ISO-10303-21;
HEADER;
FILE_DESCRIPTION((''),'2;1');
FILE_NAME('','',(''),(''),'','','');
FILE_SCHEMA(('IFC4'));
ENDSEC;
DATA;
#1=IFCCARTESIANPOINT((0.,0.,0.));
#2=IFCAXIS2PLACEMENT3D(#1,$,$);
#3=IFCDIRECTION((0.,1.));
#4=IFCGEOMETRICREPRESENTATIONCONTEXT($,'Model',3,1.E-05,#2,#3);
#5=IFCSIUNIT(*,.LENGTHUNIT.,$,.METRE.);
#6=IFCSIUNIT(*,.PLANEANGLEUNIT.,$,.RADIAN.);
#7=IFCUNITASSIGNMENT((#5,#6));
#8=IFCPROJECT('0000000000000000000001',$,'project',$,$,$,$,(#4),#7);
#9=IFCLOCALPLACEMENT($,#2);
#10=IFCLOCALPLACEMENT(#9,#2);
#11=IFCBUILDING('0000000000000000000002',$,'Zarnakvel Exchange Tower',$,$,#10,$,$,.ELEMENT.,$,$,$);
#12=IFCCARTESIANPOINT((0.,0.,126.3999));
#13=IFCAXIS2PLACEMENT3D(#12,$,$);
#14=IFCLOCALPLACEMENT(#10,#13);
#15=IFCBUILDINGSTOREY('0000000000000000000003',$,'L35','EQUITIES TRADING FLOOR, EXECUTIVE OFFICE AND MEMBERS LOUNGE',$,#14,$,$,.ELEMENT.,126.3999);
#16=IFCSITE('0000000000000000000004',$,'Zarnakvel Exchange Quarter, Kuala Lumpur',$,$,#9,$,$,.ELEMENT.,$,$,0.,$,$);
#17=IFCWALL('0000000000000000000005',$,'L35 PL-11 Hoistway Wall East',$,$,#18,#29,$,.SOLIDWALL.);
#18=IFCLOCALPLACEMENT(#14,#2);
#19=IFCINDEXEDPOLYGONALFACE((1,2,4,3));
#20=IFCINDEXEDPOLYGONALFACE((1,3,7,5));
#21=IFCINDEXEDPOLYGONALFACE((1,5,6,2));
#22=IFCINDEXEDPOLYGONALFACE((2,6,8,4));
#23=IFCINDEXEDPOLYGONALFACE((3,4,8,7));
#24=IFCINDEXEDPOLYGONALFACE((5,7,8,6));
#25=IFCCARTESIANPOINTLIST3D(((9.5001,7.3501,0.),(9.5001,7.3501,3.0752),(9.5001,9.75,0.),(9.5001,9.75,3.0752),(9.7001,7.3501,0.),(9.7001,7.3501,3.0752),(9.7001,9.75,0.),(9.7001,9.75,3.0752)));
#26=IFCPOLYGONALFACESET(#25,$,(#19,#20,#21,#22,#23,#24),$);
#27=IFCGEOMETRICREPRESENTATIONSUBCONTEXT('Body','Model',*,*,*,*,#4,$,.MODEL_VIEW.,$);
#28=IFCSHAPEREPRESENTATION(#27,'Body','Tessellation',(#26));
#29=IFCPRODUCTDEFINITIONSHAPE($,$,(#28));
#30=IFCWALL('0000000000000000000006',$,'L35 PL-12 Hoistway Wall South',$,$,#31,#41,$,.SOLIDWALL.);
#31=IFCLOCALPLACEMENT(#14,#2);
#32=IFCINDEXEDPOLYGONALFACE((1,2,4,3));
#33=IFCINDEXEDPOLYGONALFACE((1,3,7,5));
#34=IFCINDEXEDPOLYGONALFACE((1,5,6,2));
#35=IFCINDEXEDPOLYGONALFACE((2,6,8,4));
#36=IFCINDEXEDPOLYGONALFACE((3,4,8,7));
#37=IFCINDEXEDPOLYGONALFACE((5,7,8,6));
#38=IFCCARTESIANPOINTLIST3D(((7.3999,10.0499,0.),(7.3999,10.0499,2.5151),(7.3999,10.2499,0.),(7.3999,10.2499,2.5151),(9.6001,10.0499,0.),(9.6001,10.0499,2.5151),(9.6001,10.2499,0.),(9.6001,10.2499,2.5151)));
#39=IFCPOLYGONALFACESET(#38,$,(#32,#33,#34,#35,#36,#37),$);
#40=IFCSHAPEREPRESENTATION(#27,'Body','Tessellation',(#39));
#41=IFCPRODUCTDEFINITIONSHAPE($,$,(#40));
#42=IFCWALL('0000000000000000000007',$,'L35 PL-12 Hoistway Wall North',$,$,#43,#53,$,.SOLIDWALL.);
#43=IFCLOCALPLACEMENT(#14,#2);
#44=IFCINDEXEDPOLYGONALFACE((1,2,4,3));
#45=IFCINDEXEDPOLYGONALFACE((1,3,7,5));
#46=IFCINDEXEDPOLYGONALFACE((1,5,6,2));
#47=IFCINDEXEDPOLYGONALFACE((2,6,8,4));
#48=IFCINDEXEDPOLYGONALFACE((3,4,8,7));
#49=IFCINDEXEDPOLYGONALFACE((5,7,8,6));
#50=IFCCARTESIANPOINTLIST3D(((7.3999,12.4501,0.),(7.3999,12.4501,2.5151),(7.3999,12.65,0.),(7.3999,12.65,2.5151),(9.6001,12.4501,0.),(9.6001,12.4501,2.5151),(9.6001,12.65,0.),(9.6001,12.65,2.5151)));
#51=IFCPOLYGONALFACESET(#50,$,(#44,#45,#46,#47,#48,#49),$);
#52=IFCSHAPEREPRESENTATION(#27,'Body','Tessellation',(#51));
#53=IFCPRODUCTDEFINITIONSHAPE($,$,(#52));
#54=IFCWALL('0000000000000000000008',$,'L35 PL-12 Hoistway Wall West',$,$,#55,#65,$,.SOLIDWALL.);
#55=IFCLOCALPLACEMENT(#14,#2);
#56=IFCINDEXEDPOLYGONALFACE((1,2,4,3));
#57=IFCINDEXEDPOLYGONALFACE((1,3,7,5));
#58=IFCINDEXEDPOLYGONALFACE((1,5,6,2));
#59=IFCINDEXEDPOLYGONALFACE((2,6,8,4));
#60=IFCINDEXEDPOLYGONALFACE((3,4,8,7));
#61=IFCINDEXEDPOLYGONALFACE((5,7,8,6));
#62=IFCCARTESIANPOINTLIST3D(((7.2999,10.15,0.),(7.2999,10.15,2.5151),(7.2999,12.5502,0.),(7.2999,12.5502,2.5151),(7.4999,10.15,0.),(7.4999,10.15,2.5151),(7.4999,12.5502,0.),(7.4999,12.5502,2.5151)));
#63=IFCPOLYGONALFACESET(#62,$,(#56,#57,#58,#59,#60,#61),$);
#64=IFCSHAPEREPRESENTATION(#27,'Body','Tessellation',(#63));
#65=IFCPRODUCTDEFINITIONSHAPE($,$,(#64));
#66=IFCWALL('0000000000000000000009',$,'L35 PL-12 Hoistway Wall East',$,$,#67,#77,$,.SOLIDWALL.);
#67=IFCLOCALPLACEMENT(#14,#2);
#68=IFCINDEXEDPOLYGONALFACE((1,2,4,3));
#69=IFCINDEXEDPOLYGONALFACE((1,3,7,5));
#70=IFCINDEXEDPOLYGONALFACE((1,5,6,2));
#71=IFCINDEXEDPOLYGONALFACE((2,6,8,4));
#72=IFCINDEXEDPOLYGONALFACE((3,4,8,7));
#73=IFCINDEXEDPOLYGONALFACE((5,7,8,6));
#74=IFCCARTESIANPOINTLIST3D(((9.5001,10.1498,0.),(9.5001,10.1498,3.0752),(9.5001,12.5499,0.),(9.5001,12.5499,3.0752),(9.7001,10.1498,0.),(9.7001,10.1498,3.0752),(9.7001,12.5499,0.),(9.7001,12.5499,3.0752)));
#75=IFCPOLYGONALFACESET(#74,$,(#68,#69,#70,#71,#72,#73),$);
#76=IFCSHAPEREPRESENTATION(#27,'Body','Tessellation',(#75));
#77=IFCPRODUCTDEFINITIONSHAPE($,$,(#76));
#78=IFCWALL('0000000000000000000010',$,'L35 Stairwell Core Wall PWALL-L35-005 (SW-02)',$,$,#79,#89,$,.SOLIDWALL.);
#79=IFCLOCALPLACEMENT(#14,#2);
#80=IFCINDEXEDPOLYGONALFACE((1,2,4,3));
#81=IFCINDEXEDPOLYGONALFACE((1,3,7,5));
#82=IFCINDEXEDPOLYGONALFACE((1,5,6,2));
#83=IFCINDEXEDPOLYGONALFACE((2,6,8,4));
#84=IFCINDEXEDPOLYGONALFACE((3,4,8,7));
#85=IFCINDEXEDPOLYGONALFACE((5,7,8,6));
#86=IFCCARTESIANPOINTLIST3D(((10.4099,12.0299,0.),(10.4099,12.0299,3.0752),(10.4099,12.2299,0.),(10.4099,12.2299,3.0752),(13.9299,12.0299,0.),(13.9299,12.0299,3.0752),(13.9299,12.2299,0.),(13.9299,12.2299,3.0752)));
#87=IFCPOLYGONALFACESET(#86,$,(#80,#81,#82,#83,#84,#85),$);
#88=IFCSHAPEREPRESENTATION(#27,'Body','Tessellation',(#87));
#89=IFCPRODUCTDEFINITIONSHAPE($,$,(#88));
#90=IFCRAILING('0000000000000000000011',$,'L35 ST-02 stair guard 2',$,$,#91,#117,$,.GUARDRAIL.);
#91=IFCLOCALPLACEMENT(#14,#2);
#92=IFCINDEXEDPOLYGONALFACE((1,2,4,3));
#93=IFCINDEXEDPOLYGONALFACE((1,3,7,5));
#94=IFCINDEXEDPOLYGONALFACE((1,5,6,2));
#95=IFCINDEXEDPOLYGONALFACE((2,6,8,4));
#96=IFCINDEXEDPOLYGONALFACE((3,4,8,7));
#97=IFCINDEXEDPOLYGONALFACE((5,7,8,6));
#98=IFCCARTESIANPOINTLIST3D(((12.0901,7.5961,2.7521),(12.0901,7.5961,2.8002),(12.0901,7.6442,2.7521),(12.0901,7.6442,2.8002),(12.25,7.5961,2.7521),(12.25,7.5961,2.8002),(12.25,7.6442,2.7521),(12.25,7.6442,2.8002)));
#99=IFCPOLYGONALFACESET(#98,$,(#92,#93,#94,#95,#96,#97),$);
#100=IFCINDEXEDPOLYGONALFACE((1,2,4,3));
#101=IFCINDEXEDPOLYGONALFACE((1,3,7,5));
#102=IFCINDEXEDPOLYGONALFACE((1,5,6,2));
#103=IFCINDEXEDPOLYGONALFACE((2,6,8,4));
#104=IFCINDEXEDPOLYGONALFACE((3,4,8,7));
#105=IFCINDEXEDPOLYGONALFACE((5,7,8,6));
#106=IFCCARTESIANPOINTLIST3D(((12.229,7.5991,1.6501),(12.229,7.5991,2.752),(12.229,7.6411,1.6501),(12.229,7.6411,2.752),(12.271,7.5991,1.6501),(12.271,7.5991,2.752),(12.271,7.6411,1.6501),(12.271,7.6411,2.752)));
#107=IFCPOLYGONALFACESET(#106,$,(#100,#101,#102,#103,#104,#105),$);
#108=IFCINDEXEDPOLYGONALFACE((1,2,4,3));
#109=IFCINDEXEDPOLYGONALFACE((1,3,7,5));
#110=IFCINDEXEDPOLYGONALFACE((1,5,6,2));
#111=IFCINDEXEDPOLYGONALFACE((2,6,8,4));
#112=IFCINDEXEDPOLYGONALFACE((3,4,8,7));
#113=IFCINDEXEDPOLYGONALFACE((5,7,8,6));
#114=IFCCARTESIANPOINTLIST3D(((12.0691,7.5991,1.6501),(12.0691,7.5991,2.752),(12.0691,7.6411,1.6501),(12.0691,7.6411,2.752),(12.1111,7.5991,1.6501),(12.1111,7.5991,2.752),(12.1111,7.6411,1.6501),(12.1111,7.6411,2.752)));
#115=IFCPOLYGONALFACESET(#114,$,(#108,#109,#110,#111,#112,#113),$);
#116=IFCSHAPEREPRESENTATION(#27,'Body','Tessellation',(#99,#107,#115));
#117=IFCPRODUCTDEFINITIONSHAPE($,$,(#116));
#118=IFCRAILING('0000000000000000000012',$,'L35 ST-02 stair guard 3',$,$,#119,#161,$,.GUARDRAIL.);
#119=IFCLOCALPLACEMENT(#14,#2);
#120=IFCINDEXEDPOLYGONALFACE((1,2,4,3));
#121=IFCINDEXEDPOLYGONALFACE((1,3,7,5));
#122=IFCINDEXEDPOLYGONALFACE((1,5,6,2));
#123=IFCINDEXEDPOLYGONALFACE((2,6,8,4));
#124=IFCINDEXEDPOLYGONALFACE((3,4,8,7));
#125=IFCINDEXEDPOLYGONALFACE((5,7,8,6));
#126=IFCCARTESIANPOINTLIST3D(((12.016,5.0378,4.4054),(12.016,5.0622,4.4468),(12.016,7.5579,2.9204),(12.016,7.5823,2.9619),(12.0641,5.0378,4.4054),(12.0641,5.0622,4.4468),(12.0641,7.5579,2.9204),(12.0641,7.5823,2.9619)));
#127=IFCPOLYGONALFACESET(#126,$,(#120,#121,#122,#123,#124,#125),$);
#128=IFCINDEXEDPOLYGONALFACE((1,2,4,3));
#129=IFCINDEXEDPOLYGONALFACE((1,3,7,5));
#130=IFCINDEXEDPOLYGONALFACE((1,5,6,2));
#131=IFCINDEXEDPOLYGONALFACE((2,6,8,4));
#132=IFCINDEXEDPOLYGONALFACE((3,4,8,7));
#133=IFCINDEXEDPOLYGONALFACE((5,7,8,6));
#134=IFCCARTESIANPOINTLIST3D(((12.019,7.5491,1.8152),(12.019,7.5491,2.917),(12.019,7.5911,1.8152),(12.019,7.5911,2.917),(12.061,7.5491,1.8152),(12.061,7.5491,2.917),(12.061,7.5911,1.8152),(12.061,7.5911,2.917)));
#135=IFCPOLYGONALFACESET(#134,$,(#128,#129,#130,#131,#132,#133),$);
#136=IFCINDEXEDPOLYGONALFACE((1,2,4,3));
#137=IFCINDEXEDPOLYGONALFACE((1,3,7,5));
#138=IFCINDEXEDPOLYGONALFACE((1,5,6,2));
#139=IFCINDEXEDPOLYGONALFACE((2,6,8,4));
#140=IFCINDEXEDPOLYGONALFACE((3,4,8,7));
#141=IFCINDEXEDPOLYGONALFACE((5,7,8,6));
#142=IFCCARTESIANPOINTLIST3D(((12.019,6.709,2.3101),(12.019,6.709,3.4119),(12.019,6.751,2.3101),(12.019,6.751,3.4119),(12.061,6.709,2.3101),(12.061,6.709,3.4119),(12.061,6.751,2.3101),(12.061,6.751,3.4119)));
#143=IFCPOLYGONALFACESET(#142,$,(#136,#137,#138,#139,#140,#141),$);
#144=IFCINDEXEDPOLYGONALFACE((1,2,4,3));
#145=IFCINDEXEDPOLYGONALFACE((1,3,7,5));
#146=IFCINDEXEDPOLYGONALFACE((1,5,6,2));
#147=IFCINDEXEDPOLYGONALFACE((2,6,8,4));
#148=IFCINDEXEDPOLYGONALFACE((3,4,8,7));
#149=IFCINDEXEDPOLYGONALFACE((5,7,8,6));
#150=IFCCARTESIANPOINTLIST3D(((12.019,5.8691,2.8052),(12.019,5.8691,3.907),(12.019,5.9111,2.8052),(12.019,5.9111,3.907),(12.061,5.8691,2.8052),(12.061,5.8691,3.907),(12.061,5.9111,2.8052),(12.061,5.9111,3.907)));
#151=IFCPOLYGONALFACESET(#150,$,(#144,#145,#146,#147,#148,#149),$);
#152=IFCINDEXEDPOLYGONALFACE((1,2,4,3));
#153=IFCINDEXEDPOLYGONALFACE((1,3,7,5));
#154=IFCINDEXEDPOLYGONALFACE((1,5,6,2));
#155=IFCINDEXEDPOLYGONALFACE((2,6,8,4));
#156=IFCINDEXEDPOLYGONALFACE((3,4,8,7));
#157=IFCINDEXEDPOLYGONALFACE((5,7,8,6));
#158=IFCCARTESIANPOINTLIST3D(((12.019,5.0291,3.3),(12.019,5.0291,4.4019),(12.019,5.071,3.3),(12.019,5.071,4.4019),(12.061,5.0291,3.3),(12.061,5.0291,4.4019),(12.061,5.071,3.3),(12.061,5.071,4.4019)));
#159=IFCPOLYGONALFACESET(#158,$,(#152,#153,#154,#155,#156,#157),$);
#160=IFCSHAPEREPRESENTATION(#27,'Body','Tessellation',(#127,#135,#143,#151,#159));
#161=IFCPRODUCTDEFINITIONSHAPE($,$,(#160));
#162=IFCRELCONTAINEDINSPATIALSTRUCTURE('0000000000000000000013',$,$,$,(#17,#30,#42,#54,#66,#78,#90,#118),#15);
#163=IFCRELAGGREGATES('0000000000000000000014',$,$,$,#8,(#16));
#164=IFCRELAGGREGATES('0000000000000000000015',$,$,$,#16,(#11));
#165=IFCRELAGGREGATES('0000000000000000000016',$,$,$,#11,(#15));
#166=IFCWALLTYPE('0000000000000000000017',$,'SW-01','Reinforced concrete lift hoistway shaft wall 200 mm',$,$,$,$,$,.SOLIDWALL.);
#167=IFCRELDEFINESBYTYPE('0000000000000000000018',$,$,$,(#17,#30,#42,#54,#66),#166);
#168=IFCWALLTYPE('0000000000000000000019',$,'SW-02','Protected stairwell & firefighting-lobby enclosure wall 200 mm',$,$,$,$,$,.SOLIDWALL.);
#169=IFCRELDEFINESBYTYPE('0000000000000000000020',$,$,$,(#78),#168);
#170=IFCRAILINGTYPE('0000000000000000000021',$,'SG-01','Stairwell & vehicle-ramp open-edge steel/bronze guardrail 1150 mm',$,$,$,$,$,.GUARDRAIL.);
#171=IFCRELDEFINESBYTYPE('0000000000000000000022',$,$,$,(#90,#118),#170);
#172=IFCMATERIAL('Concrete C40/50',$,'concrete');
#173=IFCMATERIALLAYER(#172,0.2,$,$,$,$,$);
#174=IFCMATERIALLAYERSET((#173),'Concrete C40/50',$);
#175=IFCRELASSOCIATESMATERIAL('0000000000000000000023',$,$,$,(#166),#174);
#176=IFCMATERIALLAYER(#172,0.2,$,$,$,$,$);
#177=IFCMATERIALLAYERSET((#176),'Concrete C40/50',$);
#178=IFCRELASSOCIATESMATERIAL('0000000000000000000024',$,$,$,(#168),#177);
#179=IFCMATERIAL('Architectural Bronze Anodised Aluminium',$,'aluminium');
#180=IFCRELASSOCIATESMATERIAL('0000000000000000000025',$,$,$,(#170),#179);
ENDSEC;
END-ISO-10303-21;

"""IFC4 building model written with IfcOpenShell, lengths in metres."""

from ifc_helpers import new_model, si_unit, direction, frame, frame_2d, origin, origin_2d, place, context, subcontext, project, spatial, rectangle, extrude, material, layer, layer_set, type_object, element, save


model = new_model("IFC4")

# Units and contexts
model_context = context("Model", 3, precision=1e-05, world=origin(), true_north=direction((0.0, 1.0)))
body_context = subcontext(model_context, "Body", "Model", "MODEL_VIEW")
ifc_project = project(units=[si_unit("LENGTHUNIT", "METRE"), si_unit("PLANEANGLEUNIT", "RADIAN")], contexts=[model_context])

# Site, building, storey
site_placement = place(None, origin())
site = spatial("IfcSite", under=ifc_project, at=site_placement, Name="Zarnakvel Exchange Quarter, Kuala Lumpur", CompositionType="ELEMENT", RefElevation=0.0)
building_placement = place(site_placement, origin())
building = spatial("IfcBuilding", under=site, at=building_placement, Name="Zarnakvel Exchange Tower", CompositionType="ELEMENT")
storey_placement = place(building_placement, frame((0.0, 0.0, 126.3999)))
storey = spatial("IfcBuildingStorey", under=building, at=storey_placement, Name="L35", Description="EQUITIES TRADING FLOOR, EXECUTIVE OFFICE AND MEMBERS LOUNGE", CompositionType="ELEMENT", Elevation=126.3999)

# Shared definitions
ifc_material_1 = material(Name="Architectural Bronze Anodised Aluminium", Category="aluminium")

# Walls
ifc_material_2 = material(Name="Concrete C40/50", Category="concrete")
ifc_layer_1 = layer(ifc_material_2, 0.2)
ifc_layer_set_1 = layer_set([ifc_layer_1], Name="Concrete C40/50")
wall_type_1 = type_object("IfcWallType", Name="SW-01", Description="Reinforced concrete lift hoistway shaft wall 200 mm", PredefinedType="SOLIDWALL", material=ifc_layer_set_1)
wall_1_placement = place(storey_placement, frame((9.6001, 9.75, 0.0), z_axis=(0.0, 0.0, 1.0), x_axis=(0.0, -1.0, 0.0)))
element("IfcWall", 1, at=wall_1_placement, inside=storey, type_object=wall_type_1, Name="L35 PL-11 Hoistway Wall East", PredefinedType="SOLIDWALL", context=body_context, shape_type="SweptSolid", body=[
    extrude(rectangle(XDim=2.3999, YDim=0.2, at=frame_2d((1.2, 0.0))), origin(), (0.0, 0.0, 1.0), 3.0752),
])
for number, where, z_axis, x_axis, name in (
    (2, (9.6001, 10.1499, 0.0), (0.0, 0.0, 1.0), (-1.0, 0.0, 0.0), "L35 PL-12 Hoistway Wall South"),
    (3, (7.3999, 12.55, 0.0), (0.0, 0.0, 1.0), (1.0, 0.0, 0.0), "L35 PL-12 Hoistway Wall North"),
):
    element("IfcWall", number, at=place(storey_placement, frame(where, z_axis=z_axis, x_axis=x_axis)), inside=storey, type_object=wall_type_1, Name=name, PredefinedType="SOLIDWALL", context=body_context, shape_type="SweptSolid", body=[
        extrude(rectangle(XDim=2.2002, YDim=0.2, at=frame_2d((1.1001, 0.0))), origin(), (0.0, 0.0, 1.0), 2.5151),
    ])
wall_2_placement = place(storey_placement, frame((7.3999, 10.1499, 0.0), z_axis=(0.0, 0.0, 1.0), x_axis=(0.0, 1.0, 0.0)))
element("IfcWall", 4, at=wall_2_placement, inside=storey, type_object=wall_type_1, Name="L35 PL-12 Hoistway Wall West", PredefinedType="SOLIDWALL", context=body_context, shape_type="SweptSolid", body=[
    extrude(rectangle(XDim=2.4001, YDim=0.2, at=frame_2d((1.2002, 0.0))), origin(), (0.0, 0.0, 1.0), 2.5151),
])
wall_3_placement = place(storey_placement, frame((9.6001, 12.55, 0.0), z_axis=(0.0, 0.0, 1.0), x_axis=(0.0, -1.0, 0.0)))
element("IfcWall", 5, at=wall_3_placement, inside=storey, type_object=wall_type_1, Name="L35 PL-12 Hoistway Wall East", PredefinedType="SOLIDWALL", context=body_context, shape_type="SweptSolid", body=[
    extrude(rectangle(XDim=2.4001, YDim=0.2, at=frame_2d((1.2002, 0.0))), origin(), (0.0, 0.0, 1.0), 3.0752),
])
ifc_layer_2 = layer(ifc_material_2, 0.2)
ifc_layer_set_2 = layer_set([ifc_layer_2], Name="Concrete C40/50")
wall_type_2 = type_object("IfcWallType", Name="SW-02", Description="Protected stairwell & firefighting-lobby enclosure wall 200 mm", PredefinedType="SOLIDWALL", material=ifc_layer_set_2)
wall_4_placement = place(storey_placement, frame((10.4099, 12.1299, 0.0), z_axis=(0.0, 0.0, 1.0), x_axis=(1.0, 0.0, 0.0)))
element("IfcWall", 6, at=wall_4_placement, inside=storey, type_object=wall_type_2, Name="L35 Stairwell Core Wall PWALL-L35-005 (SW-02)", PredefinedType="SOLIDWALL", context=body_context, shape_type="SweptSolid", body=[
    extrude(rectangle(XDim=3.52, YDim=0.2, at=frame_2d((1.76, 0.0))), origin(), (0.0, 0.0, 1.0), 3.0752),
])

# Railings
railing_type = type_object("IfcRailingType", Name="SG-01", Description="Stairwell & vehicle-ramp open-edge steel/bronze guardrail 1150 mm", PredefinedType="GUARDRAIL", material=ifc_material_1)
railing_1_placement = place(storey_placement, frame((12.25, 7.6201, 1.6501)))
element("IfcRailing", 7, at=railing_1_placement, inside=storey, type_object=railing_type, Name="L35 ST-02 stair guard 2", PredefinedType="GUARDRAIL", context=body_context, shape_type="SweptSolid", body=[
    extrude(rectangle(XDim=0.0481, YDim=0.0481, at=origin_2d()), frame((0.0, 0.0, 1.126), z_axis=(-1.0, 0.0, 0.0), x_axis=(0.0, -1.0, 0.0)), (0.0, 0.0, 1.0), 0.1599),
    extrude(rectangle(XDim=0.042, YDim=0.042, at=origin_2d()), origin(), (0.0, 0.0, 1.0), 1.1018),
    extrude(rectangle(XDim=0.042, YDim=0.042, at=origin_2d()), frame((-0.1599, 0.0, 0.0)), (0.0, 0.0, 1.0), 1.1018),
])
railing_2_placement = place(storey_placement, frame((12.04, 7.5701, 1.8152)))
element("IfcRailing", 8, at=railing_2_placement, inside=storey, type_object=railing_type, Name="L35 ST-02 stair guard 3", PredefinedType="GUARDRAIL", context=body_context, shape_type="SweptSolid", body=[
    extrude(rectangle(XDim=0.0481, YDim=0.0481, at=origin_2d()), frame((0.0, 0.0, 1.126), z_axis=(0.0, -0.861561, 0.507655), x_axis=(1.0, 0.0, 0.0)), (0.0, 0.0, 1.0), 2.925),
    extrude(rectangle(XDim=0.042, YDim=0.042, at=origin_2d()), origin(), (0.0, 0.0, 1.0), 1.1018),
    extrude(rectangle(XDim=0.042, YDim=0.042, at=origin_2d()), frame((0.0, -0.8401, 0.4949)), (0.0, 0.0, 1.0), 1.1018),
    extrude(rectangle(XDim=0.042, YDim=0.042, at=origin_2d()), frame((0.0, -1.6799, 0.99)), (0.0, 0.0, 1.0), 1.1018),
    extrude(rectangle(XDim=0.042, YDim=0.042, at=origin_2d()), frame((0.0, -2.52, 1.4849)), (0.0, 0.0, 1.0), 1.1018),
])

save(model, "model.ifc")
